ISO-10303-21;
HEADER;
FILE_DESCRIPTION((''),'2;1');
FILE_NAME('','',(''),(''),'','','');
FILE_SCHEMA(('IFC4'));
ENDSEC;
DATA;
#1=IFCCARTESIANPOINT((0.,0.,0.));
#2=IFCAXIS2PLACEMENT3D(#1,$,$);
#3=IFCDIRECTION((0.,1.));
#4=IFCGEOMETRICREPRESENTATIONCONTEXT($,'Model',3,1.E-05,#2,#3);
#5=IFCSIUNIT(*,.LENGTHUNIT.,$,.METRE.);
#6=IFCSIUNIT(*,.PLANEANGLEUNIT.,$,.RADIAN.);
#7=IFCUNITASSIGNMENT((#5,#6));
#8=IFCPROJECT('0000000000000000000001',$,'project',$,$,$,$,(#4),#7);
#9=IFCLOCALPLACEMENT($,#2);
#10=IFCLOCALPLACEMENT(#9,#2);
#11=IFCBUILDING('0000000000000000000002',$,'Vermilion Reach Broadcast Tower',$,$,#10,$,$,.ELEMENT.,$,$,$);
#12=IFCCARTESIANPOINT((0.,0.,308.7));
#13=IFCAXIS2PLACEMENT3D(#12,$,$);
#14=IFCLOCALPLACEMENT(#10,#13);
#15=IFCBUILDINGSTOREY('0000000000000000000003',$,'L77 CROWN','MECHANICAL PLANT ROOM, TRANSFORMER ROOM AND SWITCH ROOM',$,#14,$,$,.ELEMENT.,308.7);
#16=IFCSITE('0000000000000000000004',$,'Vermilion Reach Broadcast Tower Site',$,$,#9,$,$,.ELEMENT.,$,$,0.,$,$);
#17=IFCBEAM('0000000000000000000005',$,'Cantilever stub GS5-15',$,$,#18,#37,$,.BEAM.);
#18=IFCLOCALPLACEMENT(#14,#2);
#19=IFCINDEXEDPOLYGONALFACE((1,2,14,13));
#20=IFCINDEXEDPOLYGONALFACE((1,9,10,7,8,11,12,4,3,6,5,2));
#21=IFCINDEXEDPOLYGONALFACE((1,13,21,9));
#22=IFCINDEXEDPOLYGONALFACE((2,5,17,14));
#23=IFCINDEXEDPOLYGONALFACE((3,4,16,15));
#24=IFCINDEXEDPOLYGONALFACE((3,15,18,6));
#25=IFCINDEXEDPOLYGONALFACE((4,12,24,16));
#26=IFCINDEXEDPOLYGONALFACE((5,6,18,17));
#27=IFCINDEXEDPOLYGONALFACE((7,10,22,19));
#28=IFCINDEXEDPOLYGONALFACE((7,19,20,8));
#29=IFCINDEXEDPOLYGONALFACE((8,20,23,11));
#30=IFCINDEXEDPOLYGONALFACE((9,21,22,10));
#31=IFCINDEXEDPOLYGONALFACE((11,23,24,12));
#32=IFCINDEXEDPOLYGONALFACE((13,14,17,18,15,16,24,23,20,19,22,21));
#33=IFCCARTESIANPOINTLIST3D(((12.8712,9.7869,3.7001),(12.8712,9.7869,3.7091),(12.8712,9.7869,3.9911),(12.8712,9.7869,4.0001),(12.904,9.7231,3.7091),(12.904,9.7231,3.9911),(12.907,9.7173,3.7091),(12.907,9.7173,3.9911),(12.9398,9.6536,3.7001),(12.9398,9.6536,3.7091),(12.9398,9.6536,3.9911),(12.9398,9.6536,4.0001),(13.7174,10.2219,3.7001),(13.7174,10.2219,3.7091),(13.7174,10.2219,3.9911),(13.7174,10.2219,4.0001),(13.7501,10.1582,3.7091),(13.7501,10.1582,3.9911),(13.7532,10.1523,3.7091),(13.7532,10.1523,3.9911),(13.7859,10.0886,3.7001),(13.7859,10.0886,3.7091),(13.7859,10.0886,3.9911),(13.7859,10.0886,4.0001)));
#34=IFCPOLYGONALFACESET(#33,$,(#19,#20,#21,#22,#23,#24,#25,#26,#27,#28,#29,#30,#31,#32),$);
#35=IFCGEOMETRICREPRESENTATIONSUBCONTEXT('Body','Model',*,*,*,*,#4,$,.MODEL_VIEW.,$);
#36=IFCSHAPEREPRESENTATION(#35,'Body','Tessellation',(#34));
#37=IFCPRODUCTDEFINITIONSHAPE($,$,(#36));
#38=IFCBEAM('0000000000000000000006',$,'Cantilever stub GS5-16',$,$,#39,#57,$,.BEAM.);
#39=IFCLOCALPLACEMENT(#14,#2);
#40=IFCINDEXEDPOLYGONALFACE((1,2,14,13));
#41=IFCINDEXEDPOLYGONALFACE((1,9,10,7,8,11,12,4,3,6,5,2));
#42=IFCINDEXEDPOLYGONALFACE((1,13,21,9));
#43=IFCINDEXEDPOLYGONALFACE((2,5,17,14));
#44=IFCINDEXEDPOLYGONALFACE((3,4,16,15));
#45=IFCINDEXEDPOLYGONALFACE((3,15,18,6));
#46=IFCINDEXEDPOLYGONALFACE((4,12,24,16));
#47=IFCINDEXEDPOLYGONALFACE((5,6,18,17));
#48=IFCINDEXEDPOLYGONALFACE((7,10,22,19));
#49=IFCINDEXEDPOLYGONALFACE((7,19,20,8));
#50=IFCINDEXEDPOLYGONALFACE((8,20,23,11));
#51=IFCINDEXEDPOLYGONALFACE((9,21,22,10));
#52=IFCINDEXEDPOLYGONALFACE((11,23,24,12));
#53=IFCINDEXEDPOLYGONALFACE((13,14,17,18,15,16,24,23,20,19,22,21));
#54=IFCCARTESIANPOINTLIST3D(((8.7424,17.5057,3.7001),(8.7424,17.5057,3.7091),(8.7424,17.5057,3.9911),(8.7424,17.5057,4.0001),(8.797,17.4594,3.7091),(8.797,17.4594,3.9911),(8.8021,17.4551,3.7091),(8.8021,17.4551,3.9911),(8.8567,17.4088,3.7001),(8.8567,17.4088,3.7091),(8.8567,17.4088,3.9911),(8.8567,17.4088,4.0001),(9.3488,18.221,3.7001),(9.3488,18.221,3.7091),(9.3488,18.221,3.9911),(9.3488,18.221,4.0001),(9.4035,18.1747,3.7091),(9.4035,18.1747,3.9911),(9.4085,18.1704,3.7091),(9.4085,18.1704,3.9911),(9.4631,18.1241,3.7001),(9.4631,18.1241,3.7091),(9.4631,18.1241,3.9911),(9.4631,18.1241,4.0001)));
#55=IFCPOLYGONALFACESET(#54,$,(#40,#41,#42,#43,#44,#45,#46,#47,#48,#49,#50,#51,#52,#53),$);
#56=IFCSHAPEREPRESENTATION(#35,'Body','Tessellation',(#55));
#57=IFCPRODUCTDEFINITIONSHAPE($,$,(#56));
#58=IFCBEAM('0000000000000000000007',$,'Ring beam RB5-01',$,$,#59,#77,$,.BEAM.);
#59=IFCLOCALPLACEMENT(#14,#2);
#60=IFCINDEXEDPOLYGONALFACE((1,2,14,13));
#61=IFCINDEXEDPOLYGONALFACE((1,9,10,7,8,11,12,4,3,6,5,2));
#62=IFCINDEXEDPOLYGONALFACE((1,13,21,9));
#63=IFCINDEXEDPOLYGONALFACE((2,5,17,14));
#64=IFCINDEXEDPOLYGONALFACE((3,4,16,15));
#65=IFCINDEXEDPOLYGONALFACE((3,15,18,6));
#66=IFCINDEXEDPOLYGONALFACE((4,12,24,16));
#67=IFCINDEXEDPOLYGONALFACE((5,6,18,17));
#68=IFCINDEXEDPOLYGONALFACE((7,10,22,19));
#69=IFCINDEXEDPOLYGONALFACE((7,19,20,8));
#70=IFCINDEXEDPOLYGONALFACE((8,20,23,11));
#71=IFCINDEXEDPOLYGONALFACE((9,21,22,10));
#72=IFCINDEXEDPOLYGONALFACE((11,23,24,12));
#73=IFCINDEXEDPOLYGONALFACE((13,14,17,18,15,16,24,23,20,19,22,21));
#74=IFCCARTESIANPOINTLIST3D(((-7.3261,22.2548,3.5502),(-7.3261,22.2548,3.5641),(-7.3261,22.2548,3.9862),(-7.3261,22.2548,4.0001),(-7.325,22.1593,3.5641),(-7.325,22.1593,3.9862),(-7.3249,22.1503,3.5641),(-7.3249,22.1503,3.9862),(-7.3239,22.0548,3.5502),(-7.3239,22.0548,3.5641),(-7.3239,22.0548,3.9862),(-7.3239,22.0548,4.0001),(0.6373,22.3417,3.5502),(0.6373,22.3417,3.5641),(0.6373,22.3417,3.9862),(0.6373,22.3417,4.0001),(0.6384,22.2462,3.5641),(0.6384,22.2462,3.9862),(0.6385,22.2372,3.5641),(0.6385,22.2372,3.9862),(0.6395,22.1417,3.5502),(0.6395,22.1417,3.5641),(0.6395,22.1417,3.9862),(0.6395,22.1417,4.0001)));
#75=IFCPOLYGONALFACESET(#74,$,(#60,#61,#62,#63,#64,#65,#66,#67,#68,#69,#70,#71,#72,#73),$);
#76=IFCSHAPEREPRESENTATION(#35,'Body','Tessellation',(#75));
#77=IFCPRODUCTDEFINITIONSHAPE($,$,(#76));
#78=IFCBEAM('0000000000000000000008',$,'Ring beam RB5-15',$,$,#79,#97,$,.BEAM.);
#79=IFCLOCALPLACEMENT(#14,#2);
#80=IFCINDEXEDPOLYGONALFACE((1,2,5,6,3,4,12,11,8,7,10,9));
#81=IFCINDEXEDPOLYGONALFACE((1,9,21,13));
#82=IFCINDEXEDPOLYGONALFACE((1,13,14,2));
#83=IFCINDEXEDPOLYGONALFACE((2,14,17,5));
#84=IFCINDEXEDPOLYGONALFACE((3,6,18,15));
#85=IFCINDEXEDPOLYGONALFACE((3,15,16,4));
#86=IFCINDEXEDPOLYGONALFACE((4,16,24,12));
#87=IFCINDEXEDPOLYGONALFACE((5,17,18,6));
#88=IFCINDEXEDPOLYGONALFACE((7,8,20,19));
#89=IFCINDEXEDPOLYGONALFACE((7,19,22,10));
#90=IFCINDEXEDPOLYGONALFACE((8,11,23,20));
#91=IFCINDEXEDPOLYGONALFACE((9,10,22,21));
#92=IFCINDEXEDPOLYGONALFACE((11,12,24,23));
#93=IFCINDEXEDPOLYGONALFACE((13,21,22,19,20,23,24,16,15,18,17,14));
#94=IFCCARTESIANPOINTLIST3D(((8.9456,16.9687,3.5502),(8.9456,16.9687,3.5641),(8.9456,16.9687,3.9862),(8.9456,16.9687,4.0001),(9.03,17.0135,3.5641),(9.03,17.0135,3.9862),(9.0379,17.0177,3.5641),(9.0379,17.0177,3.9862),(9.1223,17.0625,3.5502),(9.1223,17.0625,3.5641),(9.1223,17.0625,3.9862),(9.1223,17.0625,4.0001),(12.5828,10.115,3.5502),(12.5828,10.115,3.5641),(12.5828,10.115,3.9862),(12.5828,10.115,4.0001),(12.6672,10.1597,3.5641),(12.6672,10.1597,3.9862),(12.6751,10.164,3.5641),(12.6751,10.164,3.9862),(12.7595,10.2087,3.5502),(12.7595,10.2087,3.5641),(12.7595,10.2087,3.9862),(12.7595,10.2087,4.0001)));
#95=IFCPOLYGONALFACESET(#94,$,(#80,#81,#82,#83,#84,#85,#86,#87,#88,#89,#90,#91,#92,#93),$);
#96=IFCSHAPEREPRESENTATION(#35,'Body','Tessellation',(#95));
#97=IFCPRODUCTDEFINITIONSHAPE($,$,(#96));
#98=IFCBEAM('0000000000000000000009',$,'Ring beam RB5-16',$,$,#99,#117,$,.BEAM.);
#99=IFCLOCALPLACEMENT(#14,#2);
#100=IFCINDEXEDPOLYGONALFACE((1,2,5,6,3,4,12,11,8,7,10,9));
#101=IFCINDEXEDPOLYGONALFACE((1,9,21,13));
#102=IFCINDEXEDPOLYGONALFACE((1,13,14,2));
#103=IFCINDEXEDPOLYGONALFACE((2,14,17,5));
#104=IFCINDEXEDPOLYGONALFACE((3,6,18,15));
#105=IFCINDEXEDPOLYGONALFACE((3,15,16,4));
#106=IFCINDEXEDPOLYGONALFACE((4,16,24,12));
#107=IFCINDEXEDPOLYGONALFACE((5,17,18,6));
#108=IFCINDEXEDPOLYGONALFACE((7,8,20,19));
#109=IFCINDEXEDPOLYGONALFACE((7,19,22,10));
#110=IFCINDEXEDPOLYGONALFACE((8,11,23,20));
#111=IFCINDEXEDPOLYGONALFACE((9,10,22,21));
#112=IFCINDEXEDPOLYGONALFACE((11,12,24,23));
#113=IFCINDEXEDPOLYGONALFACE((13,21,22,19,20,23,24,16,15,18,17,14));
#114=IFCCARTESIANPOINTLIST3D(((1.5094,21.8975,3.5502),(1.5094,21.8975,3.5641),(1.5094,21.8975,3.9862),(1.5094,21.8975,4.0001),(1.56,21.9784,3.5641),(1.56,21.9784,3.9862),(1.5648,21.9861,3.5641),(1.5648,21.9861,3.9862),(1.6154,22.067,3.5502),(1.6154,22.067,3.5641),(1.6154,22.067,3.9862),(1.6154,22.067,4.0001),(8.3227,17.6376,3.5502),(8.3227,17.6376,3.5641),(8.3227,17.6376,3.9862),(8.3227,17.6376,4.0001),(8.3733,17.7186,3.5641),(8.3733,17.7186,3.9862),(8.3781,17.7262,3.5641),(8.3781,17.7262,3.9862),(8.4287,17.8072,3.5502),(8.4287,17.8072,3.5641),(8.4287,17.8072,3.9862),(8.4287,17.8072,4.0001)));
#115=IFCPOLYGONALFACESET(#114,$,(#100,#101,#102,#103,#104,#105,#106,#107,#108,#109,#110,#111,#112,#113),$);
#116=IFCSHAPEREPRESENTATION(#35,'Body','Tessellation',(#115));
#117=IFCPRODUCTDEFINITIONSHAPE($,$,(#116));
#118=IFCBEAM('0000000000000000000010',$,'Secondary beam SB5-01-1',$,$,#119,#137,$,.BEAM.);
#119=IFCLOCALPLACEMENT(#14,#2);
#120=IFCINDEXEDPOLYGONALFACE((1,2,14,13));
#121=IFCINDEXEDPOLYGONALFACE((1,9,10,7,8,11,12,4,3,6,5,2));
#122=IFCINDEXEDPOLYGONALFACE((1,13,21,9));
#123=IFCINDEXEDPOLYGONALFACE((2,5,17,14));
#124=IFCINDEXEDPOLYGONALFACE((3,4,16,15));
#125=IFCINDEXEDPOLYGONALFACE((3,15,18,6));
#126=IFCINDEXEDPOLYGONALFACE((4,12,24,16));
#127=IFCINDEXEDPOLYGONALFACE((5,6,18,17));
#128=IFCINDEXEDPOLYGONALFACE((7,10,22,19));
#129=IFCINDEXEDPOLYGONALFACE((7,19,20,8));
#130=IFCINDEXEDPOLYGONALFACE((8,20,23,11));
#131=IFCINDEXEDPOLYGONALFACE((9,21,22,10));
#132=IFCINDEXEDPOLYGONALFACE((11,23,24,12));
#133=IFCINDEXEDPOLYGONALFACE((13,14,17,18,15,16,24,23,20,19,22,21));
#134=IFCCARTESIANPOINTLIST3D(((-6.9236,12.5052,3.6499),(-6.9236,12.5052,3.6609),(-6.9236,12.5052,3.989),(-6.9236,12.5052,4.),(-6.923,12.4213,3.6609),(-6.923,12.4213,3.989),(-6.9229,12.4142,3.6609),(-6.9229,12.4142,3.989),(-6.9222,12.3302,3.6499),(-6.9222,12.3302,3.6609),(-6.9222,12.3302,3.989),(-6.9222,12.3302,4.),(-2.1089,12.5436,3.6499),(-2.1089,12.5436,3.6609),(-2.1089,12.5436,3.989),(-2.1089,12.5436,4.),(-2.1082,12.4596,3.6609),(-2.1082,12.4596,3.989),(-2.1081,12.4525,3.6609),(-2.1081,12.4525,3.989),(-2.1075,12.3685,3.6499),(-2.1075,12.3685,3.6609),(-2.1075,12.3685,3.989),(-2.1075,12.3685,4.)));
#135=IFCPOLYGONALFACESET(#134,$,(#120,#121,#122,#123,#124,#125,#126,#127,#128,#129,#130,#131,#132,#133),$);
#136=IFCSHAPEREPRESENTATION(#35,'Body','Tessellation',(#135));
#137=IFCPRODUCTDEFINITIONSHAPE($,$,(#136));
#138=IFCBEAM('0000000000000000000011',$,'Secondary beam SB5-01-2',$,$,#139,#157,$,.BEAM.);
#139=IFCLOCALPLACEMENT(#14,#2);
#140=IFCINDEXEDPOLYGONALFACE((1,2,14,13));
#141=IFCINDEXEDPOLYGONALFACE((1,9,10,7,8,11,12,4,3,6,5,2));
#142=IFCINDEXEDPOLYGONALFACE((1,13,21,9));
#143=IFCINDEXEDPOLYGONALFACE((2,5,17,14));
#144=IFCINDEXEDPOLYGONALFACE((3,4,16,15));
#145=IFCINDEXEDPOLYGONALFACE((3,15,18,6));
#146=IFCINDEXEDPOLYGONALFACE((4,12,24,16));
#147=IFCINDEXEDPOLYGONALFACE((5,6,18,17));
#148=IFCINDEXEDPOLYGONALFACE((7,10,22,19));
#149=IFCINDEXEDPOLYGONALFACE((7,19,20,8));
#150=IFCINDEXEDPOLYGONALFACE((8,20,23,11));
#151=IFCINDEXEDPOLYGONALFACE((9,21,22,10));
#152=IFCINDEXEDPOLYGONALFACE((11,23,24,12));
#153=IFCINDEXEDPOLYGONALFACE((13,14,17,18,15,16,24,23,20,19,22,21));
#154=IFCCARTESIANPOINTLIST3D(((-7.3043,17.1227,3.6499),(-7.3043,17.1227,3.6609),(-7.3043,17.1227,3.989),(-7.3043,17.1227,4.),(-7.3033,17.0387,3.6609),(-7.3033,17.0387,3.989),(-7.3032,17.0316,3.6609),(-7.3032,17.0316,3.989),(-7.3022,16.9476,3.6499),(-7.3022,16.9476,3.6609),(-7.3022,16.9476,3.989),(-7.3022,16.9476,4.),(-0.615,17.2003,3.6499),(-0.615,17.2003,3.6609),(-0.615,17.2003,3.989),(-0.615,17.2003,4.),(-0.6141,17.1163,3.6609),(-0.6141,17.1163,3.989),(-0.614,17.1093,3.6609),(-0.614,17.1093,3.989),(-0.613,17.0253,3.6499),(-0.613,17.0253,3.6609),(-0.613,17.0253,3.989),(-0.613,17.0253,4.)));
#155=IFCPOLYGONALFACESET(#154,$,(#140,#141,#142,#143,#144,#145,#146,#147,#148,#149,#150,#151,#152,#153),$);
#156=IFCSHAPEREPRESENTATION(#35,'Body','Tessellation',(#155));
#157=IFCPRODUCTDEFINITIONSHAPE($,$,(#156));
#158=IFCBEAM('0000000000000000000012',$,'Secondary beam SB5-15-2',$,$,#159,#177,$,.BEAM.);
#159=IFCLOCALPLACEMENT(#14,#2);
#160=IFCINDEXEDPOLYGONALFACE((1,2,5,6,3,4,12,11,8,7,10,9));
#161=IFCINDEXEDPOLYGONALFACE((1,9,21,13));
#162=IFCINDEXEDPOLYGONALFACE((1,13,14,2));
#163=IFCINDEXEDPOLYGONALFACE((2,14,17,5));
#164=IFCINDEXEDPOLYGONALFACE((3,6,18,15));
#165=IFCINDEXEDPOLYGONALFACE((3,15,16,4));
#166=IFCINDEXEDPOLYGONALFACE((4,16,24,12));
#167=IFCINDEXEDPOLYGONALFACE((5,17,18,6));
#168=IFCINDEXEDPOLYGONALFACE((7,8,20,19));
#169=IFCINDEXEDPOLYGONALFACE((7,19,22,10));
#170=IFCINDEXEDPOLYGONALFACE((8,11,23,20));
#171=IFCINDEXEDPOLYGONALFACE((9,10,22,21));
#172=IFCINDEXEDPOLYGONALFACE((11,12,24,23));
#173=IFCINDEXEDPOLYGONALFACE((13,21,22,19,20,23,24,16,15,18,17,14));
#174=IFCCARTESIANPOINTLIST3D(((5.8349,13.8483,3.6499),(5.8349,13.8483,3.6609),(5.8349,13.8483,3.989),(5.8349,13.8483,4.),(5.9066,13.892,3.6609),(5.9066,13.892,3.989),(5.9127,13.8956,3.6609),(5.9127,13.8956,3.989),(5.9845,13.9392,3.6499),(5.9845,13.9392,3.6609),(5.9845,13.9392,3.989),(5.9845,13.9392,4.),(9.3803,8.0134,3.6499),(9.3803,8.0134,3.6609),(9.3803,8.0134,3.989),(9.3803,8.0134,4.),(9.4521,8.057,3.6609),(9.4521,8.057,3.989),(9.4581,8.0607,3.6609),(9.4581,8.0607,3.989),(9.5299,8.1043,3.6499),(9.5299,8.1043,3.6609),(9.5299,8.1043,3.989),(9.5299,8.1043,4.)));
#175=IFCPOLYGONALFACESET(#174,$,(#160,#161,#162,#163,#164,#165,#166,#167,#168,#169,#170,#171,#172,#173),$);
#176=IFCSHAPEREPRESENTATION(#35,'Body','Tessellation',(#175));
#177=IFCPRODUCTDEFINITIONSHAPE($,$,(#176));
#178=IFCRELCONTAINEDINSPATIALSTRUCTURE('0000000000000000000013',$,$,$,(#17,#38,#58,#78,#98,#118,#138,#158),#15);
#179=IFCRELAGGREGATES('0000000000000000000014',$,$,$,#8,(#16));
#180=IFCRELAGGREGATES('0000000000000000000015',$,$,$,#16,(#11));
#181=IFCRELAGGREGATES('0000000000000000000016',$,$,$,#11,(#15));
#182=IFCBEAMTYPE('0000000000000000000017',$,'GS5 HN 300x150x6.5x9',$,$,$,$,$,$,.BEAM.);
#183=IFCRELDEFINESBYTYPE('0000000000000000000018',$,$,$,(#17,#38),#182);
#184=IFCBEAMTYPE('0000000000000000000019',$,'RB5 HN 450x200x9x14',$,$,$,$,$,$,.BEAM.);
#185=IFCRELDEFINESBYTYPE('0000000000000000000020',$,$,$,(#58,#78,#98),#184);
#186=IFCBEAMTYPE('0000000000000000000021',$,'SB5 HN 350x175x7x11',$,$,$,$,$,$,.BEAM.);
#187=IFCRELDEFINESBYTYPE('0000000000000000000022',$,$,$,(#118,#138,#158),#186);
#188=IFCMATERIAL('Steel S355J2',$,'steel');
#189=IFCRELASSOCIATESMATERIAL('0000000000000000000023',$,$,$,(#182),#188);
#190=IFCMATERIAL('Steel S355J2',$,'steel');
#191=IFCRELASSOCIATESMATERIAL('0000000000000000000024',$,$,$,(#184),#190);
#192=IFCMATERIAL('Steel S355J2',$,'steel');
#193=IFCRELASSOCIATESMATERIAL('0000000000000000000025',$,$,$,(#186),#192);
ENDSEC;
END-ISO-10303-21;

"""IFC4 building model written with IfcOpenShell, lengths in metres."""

from ifc_helpers import new_model, si_unit, direction, frame, origin, origin_2d, place, context, subcontext, project, spatial, i_section, extrude, material, material_profile, profile_set, type_object, element, save


model = new_model("IFC4")

# Units and contexts
model_context = context("Model", 3, precision=1e-05, world=origin(), true_north=direction((0.0, 1.0)))
body_context = subcontext(model_context, "Body", "Model", "MODEL_VIEW")
ifc_project = project(units=[si_unit("LENGTHUNIT", "METRE"), si_unit("PLANEANGLEUNIT", "RADIAN")], contexts=[model_context])

# Site, building, storey
site_placement = place(None, origin())
site = spatial("IfcSite", under=ifc_project, at=site_placement, Name="Vermilion Reach Broadcast Tower Site", CompositionType="ELEMENT", RefElevation=0.0)
building_placement = place(site_placement, origin())
building = spatial("IfcBuilding", under=site, at=building_placement, Name="Vermilion Reach Broadcast Tower", CompositionType="ELEMENT")
storey_placement = place(building_placement, frame((0.0, 0.0, 308.7)))
storey = spatial("IfcBuildingStorey", under=building, at=storey_placement, Name="L77 CROWN", Description="MECHANICAL PLANT ROOM, TRANSFORMER ROOM AND SWITCH ROOM", CompositionType="ELEMENT", Elevation=308.7)

# Beams
ifc_material_1 = material(Name="Steel S355J2", Category="steel")
ifc_material_profile_1 = material_profile(ifc_material_1, i_section(OverallWidth=0.1499, OverallDepth=0.3, WebThickness=0.0066, FlangeThickness=0.009, at=origin_2d()), Name="S355J2 HN 300x150x6.5x9")
ifc_profile_set_1 = profile_set([ifc_material_profile_1], Name="Steel S355J2")
beam_type_1 = type_object("IfcBeamType", Name="GS5 HN 300x150x6.5x9", PredefinedType="BEAM", material=ifc_profile_set_1)
beam_1_placement = place(storey_placement, frame((12.9055, 9.7202, 3.8501), z_axis=(0.889341, 0.457244, 0.0), x_axis=(-0.457244, 0.889341, 0.0)))
element("IfcBeam", 1, at=beam_1_placement, inside=storey, type_object=beam_type_1, Name="Cantilever stub GS5-15", PredefinedType="BEAM", context=body_context, shape_type="SweptSolid", body=[
    extrude(i_section(OverallWidth=0.1499, OverallDepth=0.3, WebThickness=0.0066, FlangeThickness=0.009, at=origin_2d()), origin(), (0.0, 0.0, 1.0), 0.9514),
])
beam_2_placement = place(storey_placement, frame((8.7996, 17.4573, 3.8501), z_axis=(0.646665, 0.762774, 0.0), x_axis=(-0.762774, 0.646665, 0.0)))
element("IfcBeam", 2, at=beam_2_placement, inside=storey, type_object=beam_type_1, Name="Cantilever stub GS5-16", PredefinedType="BEAM", context=body_context, shape_type="SweptSolid", body=[
    extrude(i_section(OverallWidth=0.1499, OverallDepth=0.3, WebThickness=0.0066, FlangeThickness=0.009, at=origin_2d()), origin(), (0.0, 0.0, 1.0), 0.9377),
])
ifc_material_2 = material(Name="Steel S355J2", Category="steel")
ifc_material_profile_2 = material_profile(ifc_material_2, i_section(OverallWidth=0.2, OverallDepth=0.45, WebThickness=0.009, FlangeThickness=0.0139, at=origin_2d()), Name="S355J2 HN 450x200x9x14")
ifc_profile_set_2 = profile_set([ifc_material_profile_2], Name="Steel S355J2")
beam_type_2 = type_object("IfcBeamType", Name="RB5 HN 450x200x9x14", PredefinedType="BEAM", material=ifc_profile_set_2)
beam_3_placement = place(storey_placement, frame((0.6384, 22.2417, 3.7751), z_axis=(-0.99994, -0.010914, 0.0), x_axis=(0.010914, -0.99994, 0.0)))
element("IfcBeam", 3, at=beam_3_placement, inside=storey, type_object=beam_type_2, Name="Ring beam RB5-01", PredefinedType="BEAM", context=body_context, shape_type="SweptSolid", body=[
    extrude(i_section(OverallWidth=0.2, OverallDepth=0.45, WebThickness=0.009, FlangeThickness=0.0139, at=origin_2d()), origin(), (0.0, 0.0, 1.0), 7.9639),
])
beam_4_placement = place(storey_placement, frame((12.6711, 10.1619, 3.7751), z_axis=(-0.468768, 0.883321, 0.0), x_axis=(-0.883321, -0.468768, 0.0)))
element("IfcBeam", 4, at=beam_4_placement, inside=storey, type_object=beam_type_2, Name="Ring beam RB5-15", PredefinedType="BEAM", context=body_context, shape_type="SweptSolid", body=[
    extrude(i_section(OverallWidth=0.2, OverallDepth=0.45, WebThickness=0.009, FlangeThickness=0.0139, at=origin_2d()), origin(), (0.0, 0.0, 1.0), 7.759),
])
beam_5_placement = place(storey_placement, frame((8.3757, 17.7224, 3.7751), z_axis=(-0.847915, 0.530133, 0.0), x_axis=(-0.530133, -0.847915, 0.0)))
element("IfcBeam", 5, at=beam_5_placement, inside=storey, type_object=beam_type_2, Name="Ring beam RB5-16", PredefinedType="BEAM", context=body_context, shape_type="SweptSolid", body=[
    extrude(i_section(OverallWidth=0.2, OverallDepth=0.45, WebThickness=0.009, FlangeThickness=0.0139, at=origin_2d()), origin(), (0.0, 0.0, 1.0), 8.0354),
])
ifc_material_3 = material(Name="Steel S355J2", Category="steel")
ifc_material_profile_3 = material_profile(ifc_material_3, i_section(OverallWidth=0.175, OverallDepth=0.3501, WebThickness=0.0071, FlangeThickness=0.011, at=origin_2d()), Name="S355J2 HN 350x175x7x11")
ifc_profile_set_3 = profile_set([ifc_material_profile_3], Name="Steel S355J2")
beam_type_3 = type_object("IfcBeamType", Name="SB5 HN 350x175x7x11", PredefinedType="BEAM", material=ifc_profile_set_3)
beam_6_placement = place(storey_placement, frame((-2.1082, 12.4561, 3.825), z_axis=(-0.999968, -0.007961, 0.0), x_axis=(0.007961, -0.999968, 0.0)))
element("IfcBeam", 6, at=beam_6_placement, inside=storey, type_object=beam_type_3, Name="Secondary beam SB5-01-1", PredefinedType="BEAM", context=body_context, shape_type="SweptSolid", body=[
    extrude(i_section(OverallWidth=0.175, OverallDepth=0.3501, WebThickness=0.0071, FlangeThickness=0.011, at=origin_2d()), origin(), (0.0, 0.0, 1.0), 4.8149),
])
beam_7_placement = place(storey_placement, frame((-0.614, 17.1128, 3.825), z_axis=(-0.999933, -0.011605, 0.0), x_axis=(0.011605, -0.999933, 0.0)))
element("IfcBeam", 7, at=beam_7_placement, inside=storey, type_object=beam_type_3, Name="Secondary beam SB5-01-2", PredefinedType="BEAM", context=body_context, shape_type="SweptSolid", body=[
    extrude(i_section(OverallWidth=0.175, OverallDepth=0.3501, WebThickness=0.0071, FlangeThickness=0.011, at=origin_2d()), origin(), (0.0, 0.0, 1.0), 6.6897),
])
beam_8_placement = place(storey_placement, frame((9.4551, 8.0588, 3.825), z_axis=(-0.519273, 0.854608, 0.0), x_axis=(-0.854608, -0.519273, 0.0)))
element("IfcBeam", 8, at=beam_8_placement, inside=storey, type_object=beam_type_3, Name="Secondary beam SB5-15-2", PredefinedType="BEAM", context=body_context, shape_type="SweptSolid", body=[
    extrude(i_section(OverallWidth=0.175, OverallDepth=0.3501, WebThickness=0.0071, FlangeThickness=0.011, at=origin_2d()), origin(), (0.0, 0.0, 1.0), 6.8276),
])

save(model, "model.ifc")
